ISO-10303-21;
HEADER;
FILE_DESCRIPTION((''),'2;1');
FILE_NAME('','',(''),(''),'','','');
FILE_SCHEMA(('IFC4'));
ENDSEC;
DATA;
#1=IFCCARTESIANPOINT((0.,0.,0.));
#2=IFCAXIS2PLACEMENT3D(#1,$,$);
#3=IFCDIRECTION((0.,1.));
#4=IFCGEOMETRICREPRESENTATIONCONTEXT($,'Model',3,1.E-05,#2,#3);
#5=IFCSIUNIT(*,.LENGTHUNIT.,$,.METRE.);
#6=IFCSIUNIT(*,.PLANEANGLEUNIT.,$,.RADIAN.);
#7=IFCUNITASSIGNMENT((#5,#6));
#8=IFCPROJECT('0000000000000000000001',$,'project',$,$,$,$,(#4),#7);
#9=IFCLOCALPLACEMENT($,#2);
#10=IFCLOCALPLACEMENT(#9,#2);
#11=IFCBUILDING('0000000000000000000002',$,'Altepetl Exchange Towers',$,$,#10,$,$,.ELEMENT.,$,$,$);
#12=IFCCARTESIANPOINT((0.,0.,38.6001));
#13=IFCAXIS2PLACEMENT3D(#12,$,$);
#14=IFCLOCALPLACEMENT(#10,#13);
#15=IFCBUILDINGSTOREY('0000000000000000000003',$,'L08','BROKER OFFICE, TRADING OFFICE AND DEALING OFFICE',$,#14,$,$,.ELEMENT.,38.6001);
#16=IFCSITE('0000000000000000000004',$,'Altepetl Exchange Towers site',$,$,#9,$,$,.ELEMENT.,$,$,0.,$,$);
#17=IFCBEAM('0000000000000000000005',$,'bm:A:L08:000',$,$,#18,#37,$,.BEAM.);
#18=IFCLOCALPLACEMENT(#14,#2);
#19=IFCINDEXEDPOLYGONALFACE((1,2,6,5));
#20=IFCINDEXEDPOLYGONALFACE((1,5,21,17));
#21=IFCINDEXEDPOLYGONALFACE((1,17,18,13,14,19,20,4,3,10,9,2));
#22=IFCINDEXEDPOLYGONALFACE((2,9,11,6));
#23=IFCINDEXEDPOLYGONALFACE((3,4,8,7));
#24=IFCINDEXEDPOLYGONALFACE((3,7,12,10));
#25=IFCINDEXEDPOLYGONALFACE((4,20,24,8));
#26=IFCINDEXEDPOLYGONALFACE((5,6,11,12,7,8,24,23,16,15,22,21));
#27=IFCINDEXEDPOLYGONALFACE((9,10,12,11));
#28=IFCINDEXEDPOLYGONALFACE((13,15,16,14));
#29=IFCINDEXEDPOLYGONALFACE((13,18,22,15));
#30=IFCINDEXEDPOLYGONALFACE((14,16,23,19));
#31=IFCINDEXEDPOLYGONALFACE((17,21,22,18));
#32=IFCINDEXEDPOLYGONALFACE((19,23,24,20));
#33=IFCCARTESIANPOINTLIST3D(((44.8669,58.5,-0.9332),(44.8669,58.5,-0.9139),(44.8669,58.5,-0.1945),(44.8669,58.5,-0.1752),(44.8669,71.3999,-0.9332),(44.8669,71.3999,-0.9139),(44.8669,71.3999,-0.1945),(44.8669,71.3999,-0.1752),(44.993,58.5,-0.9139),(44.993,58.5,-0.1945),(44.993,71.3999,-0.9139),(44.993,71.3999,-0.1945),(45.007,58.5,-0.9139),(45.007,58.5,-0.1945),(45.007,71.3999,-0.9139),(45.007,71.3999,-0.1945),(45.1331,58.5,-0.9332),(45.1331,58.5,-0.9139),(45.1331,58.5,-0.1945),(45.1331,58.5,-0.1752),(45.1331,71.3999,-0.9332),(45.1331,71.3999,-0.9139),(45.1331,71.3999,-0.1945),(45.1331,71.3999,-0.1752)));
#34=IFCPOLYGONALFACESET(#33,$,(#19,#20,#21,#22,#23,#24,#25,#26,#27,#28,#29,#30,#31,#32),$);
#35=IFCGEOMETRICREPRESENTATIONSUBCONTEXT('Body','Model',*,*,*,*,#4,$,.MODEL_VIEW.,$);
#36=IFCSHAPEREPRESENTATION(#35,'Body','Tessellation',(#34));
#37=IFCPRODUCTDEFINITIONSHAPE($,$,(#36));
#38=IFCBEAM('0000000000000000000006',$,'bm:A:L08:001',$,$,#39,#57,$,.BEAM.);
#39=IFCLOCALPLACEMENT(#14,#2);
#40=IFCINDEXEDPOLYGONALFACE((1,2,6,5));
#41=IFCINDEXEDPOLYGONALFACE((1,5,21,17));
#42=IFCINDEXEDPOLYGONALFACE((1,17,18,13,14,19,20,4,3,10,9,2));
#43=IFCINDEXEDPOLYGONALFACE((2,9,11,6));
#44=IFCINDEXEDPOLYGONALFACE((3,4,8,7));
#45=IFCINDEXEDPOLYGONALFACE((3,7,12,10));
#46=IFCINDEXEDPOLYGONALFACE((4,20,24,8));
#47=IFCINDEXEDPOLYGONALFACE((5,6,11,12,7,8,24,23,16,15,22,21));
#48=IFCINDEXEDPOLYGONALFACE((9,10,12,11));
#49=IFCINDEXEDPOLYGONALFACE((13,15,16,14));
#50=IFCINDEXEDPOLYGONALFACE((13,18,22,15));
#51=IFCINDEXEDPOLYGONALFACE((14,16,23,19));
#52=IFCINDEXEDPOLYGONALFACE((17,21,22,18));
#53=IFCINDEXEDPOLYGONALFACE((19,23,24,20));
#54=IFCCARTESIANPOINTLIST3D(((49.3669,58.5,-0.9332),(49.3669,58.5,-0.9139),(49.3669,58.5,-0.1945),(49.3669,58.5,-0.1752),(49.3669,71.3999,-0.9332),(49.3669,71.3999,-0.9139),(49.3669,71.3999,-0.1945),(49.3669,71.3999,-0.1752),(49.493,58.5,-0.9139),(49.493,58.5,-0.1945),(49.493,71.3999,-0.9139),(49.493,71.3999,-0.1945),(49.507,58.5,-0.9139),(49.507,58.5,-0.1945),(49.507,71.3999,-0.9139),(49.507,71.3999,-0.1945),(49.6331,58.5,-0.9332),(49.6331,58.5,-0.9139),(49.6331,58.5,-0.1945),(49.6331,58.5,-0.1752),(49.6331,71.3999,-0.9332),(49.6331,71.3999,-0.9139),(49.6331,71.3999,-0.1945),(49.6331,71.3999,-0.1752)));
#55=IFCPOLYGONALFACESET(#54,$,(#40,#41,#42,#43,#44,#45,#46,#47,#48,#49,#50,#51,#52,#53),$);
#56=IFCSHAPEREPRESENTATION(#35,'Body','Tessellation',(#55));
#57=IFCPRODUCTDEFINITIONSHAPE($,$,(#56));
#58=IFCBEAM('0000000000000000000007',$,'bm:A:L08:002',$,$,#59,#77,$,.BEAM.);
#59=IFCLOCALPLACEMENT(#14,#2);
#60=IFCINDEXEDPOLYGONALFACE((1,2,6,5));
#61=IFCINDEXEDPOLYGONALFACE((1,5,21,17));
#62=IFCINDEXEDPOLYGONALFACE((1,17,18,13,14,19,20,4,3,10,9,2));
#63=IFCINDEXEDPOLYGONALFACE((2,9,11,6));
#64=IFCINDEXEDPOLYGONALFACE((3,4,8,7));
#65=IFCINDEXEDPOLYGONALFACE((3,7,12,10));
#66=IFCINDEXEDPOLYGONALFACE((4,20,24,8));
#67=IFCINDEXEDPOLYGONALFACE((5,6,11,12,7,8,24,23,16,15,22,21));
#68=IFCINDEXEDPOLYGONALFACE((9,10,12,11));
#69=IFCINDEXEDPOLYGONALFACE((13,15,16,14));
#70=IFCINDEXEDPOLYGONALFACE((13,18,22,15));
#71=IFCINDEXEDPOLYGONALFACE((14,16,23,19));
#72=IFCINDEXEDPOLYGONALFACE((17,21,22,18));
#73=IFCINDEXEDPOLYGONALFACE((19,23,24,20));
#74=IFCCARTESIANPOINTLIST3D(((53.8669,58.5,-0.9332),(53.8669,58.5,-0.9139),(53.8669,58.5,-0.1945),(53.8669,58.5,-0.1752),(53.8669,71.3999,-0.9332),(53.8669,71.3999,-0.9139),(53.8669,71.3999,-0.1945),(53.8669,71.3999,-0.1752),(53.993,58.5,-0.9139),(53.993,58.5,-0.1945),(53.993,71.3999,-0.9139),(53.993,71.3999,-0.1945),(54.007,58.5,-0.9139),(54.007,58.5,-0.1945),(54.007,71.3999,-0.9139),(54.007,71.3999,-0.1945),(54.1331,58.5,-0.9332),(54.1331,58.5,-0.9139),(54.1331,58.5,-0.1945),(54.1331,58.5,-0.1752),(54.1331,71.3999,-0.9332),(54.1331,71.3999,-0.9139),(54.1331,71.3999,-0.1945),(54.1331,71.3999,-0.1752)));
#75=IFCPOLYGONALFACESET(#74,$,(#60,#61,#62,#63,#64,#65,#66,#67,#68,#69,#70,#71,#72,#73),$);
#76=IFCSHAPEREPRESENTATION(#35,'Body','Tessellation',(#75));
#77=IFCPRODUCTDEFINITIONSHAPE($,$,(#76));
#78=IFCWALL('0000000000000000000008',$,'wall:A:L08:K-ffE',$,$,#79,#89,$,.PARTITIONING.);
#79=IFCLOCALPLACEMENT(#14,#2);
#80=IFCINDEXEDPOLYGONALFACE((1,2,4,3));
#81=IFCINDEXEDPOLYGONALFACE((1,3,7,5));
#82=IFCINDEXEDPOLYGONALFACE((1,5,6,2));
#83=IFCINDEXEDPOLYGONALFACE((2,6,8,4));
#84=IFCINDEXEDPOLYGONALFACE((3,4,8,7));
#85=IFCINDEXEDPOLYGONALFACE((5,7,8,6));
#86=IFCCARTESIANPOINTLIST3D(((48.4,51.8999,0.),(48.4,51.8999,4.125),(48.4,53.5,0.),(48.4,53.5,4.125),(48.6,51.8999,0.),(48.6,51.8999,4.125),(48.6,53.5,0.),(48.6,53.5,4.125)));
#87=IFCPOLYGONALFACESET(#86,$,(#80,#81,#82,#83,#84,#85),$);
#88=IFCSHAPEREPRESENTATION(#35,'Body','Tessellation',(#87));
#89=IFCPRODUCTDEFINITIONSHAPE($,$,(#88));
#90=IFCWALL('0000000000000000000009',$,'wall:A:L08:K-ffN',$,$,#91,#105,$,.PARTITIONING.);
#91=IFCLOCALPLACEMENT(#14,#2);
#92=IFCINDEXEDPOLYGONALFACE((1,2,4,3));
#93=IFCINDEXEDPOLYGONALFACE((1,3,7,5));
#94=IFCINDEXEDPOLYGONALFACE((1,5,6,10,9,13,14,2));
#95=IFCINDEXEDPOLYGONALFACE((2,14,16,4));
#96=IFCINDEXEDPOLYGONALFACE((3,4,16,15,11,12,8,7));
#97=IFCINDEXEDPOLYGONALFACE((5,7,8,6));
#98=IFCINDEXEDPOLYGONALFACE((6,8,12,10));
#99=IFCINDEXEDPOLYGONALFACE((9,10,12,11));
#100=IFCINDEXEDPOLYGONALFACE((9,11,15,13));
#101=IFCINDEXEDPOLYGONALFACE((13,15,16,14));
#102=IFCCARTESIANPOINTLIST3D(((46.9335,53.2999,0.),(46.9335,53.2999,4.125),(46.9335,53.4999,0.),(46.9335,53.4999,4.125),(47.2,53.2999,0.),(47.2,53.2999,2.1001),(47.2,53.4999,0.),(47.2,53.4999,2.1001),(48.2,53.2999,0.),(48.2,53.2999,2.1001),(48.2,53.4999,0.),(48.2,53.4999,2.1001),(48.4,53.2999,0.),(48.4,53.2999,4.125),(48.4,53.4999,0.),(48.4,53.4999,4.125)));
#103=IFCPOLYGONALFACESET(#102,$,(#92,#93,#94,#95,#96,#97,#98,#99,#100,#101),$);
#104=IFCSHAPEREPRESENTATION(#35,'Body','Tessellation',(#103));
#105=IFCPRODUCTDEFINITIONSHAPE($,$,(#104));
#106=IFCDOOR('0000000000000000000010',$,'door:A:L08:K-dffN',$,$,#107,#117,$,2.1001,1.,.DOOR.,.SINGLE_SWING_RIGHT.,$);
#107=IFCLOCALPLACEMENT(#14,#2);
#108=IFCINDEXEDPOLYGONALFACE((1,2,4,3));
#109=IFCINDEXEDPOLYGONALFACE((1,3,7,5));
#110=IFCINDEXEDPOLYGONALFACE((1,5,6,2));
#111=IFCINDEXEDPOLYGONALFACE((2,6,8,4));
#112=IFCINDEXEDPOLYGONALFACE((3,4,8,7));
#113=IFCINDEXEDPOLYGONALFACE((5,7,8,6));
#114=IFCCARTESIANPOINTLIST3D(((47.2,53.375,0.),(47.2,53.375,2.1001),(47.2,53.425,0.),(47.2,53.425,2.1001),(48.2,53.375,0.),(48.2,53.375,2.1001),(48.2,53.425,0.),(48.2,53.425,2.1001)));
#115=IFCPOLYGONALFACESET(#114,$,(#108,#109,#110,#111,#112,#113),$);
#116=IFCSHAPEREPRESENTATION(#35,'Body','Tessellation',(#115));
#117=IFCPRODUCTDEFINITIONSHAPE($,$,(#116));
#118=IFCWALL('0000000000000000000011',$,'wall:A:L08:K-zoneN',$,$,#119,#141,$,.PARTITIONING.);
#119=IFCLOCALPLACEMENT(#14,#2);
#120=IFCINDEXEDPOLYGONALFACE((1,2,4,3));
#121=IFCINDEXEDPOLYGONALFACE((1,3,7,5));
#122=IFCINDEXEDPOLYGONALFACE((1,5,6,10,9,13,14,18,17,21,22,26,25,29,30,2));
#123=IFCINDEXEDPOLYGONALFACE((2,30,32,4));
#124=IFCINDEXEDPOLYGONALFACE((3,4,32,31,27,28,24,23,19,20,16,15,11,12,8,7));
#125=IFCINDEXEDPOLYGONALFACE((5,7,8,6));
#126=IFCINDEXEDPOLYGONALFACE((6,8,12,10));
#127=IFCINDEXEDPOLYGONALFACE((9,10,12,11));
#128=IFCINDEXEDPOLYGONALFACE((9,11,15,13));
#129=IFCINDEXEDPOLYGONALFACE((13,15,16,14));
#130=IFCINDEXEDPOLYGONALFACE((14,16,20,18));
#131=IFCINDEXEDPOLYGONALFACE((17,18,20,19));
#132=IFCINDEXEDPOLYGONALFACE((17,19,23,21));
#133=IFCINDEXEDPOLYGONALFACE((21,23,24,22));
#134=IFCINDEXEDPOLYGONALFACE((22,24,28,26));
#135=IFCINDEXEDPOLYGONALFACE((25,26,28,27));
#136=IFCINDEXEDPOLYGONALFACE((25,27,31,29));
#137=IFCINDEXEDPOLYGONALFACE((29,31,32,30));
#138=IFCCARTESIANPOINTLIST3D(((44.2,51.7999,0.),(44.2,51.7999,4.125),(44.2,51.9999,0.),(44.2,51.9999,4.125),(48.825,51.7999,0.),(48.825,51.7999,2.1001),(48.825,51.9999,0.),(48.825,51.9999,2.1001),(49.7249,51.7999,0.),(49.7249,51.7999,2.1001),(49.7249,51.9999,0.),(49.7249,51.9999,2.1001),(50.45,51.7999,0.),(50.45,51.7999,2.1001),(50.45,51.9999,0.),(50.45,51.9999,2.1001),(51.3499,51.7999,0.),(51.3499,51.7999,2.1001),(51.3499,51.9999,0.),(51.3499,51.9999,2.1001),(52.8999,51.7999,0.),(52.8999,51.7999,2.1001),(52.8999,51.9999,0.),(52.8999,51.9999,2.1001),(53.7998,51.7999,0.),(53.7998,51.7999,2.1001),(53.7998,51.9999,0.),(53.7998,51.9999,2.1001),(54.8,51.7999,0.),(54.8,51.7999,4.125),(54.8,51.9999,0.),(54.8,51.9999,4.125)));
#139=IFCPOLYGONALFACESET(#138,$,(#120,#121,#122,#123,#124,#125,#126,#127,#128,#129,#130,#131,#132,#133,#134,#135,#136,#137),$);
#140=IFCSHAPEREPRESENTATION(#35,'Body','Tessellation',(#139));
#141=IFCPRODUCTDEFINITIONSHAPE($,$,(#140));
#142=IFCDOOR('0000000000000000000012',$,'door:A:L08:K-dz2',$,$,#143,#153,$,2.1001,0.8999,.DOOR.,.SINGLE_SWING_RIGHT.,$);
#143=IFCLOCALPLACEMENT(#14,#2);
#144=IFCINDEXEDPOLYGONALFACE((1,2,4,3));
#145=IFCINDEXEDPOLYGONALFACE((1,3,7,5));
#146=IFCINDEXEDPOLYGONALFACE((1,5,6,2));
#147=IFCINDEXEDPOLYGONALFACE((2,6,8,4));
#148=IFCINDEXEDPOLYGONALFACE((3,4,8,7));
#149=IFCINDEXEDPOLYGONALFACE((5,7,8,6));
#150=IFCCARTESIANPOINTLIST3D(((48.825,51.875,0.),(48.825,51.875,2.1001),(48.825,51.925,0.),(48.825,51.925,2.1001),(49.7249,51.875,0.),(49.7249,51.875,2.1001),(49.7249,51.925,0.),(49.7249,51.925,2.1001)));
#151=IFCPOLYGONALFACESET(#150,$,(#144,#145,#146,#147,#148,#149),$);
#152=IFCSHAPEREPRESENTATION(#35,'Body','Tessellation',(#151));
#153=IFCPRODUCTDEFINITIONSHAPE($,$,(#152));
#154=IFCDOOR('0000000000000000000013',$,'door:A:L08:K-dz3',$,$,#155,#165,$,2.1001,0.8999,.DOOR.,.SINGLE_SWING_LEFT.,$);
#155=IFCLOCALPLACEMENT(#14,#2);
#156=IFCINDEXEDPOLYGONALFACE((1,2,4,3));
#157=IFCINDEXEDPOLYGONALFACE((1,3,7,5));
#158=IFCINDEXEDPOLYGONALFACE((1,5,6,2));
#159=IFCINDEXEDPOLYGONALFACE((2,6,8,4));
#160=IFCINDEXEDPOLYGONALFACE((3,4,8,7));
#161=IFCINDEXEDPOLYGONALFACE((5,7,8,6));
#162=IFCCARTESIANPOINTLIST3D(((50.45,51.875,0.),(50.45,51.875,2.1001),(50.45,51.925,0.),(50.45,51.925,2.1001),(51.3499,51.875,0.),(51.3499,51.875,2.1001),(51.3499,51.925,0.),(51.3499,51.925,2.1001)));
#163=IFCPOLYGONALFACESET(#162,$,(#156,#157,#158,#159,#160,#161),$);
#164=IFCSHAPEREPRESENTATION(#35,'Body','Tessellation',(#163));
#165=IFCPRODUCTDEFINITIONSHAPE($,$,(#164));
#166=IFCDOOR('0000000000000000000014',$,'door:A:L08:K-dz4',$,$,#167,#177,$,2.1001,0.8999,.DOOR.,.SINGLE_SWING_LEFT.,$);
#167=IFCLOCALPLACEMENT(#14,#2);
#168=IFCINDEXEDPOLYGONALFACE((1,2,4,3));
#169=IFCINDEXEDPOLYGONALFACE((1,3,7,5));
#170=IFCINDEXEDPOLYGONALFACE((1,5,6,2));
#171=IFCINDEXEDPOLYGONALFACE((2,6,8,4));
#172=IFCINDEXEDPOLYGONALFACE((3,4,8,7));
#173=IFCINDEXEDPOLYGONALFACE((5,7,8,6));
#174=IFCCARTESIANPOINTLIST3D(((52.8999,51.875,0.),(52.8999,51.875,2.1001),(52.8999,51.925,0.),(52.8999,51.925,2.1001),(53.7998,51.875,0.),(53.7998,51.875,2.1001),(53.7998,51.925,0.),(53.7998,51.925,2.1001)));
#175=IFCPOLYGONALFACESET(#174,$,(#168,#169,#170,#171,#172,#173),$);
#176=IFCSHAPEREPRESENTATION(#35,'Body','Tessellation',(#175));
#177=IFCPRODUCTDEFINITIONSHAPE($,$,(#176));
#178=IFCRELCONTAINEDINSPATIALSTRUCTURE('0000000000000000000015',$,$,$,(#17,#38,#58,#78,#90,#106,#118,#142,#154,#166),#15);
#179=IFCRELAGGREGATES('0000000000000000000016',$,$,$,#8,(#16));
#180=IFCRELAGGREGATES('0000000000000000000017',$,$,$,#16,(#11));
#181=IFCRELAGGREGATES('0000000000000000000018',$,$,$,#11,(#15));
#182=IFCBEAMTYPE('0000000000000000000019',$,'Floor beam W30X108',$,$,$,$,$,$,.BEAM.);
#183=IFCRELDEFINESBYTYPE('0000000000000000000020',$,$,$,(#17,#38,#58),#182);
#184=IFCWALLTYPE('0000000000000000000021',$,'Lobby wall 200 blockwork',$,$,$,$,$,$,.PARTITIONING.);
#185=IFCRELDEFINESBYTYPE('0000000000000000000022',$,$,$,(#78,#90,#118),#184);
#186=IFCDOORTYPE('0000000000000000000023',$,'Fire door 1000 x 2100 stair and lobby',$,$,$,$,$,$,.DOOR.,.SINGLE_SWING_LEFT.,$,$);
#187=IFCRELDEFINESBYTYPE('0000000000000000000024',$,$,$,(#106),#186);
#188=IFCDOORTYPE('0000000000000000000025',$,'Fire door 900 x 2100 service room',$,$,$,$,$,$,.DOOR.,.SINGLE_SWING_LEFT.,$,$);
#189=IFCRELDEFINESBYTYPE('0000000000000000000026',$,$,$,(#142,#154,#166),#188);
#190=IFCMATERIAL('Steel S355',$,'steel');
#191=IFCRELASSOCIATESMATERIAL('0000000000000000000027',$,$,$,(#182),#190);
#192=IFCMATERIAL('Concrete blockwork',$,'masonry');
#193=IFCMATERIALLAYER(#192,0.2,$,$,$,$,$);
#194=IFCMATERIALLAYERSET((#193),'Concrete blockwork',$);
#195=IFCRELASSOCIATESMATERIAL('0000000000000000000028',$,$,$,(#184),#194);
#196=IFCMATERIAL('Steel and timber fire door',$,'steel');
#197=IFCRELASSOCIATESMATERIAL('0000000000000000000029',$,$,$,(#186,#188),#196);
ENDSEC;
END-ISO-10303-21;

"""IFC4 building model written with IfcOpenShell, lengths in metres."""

from ifc_helpers import new_model, si_unit, direction, frame, frame_2d, origin, origin_2d, place, context, subcontext, project, spatial, rectangle, i_section, extrude, material, layer, layer_set, material_profile, profile_set, type_object, element, fill, save


model = new_model("IFC4")

# Units and contexts
model_context = context("Model", 3, precision=1e-05, world=origin(), true_north=direction((0.0, 1.0)))
body_context = subcontext(model_context, "Body", "Model", "MODEL_VIEW")
ifc_project = project(units=[si_unit("LENGTHUNIT", "METRE"), si_unit("PLANEANGLEUNIT", "RADIAN")], contexts=[model_context])

# Site, building, storey
site_placement = place(None, origin())
site = spatial("IfcSite", under=ifc_project, at=site_placement, Name="Altepetl Exchange Towers site", CompositionType="ELEMENT", RefElevation=0.0)
building_placement = place(site_placement, origin())
building = spatial("IfcBuilding", under=site, at=building_placement, Name="Altepetl Exchange Towers", CompositionType="ELEMENT")
storey_placement = place(building_placement, frame((0.0, 0.0, 38.6001)))
storey = spatial("IfcBuildingStorey", under=building, at=storey_placement, Name="L08", Description="BROKER OFFICE, TRADING OFFICE AND DEALING OFFICE", CompositionType="ELEMENT", Elevation=38.6001)

# Beams
ifc_material_1 = material(Name="Steel S355", Category="steel")
ifc_material_profile = material_profile(ifc_material_1, i_section(OverallWidth=0.2661, OverallDepth=0.7581, WebThickness=0.0139, FlangeThickness=0.0193, at=origin_2d()), Name="W30X108")
ifc_profile_set = profile_set([ifc_material_profile], Name="Steel S355")
beam_type = type_object("IfcBeamType", Name="Floor beam W30X108", PredefinedType="BEAM", material=ifc_profile_set)
for number, where, z_axis, x_axis, name in (
    (1, (45.0, 58.5, -0.5542), (0.0, 1.0, 0.0), (-1.0, 0.0, 0.0), "bm:A:L08:000"),
    (2, (49.5, 58.5, -0.5542), (0.0, 1.0, 0.0), (-1.0, 0.0, 0.0), "bm:A:L08:001"),
    (3, (54.0, 58.5, -0.5542), (0.0, 1.0, 0.0), (-1.0, 0.0, 0.0), "bm:A:L08:002"),
):
    element("IfcBeam", number, at=place(storey_placement, frame(where, z_axis=z_axis, x_axis=x_axis)), inside=storey, type_object=beam_type, Name=name, PredefinedType="BEAM", context=body_context, shape_type="SweptSolid", body=[
        extrude(i_section(OverallWidth=0.2661, OverallDepth=0.7581, WebThickness=0.0139, FlangeThickness=0.0193, at=origin_2d()), origin(), (0.0, 0.0, 1.0), 12.8999),
    ])

# Wall
ifc_material_2 = material(Name="Concrete blockwork", Category="masonry")
ifc_layer_1 = layer(ifc_material_2, 0.2)
ifc_layer_set_1 = layer_set([ifc_layer_1], Name="Concrete blockwork")
wall_type_1 = type_object("IfcWallType", Name="Lobby wall 200 blockwork", PredefinedType="PARTITIONING", material=ifc_layer_set_1)
wall_1_placement = place(storey_placement, frame((48.5, 51.8999, 0.0), z_axis=(0.0, 0.0, 1.0), x_axis=(0.0, 1.0, 0.0)))
element("IfcWall", 4, at=wall_1_placement, inside=storey, type_object=wall_type_1, Name="wall:A:L08:K-ffE", PredefinedType="PARTITIONING", context=body_context, shape_type="SweptSolid", body=[
    extrude(rectangle(XDim=1.6001, YDim=0.2, at=frame_2d((0.8, 0.0))), origin(), (0.0, 0.0, 1.0), 4.125),
])

# Wall, opening, door
wall_2_placement = place(storey_placement, frame((46.9333, 53.3999, 0.0)))
wall_2 = element("IfcWall", 5, at=wall_2_placement, inside=storey, type_object=wall_type_1, Name="wall:A:L08:K-ffN", PredefinedType="PARTITIONING", context=body_context, shape_type="SweptSolid", body=[
    extrude(rectangle(XDim=1.4666, YDim=0.2, at=frame_2d((0.7334, 0.0))), origin(), (0.0, 0.0, 1.0), 4.125),
])
opening_1_placement = place(wall_2_placement, frame((0.2666, 0.0, 0.0)))
opening_1 = element("IfcOpeningElement", 6, at=opening_1_placement, cuts=wall_2, PredefinedType="OPENING", context=body_context, shape_type="SweptSolid", body=[
    extrude(rectangle(XDim=1.0, YDim=2.1001, at=frame_2d((0.5, 1.05))), frame((0.0, 0.1099, 0.0), z_axis=(0.0, -1.0, 0.0), x_axis=(1.0, 0.0, 0.0)), (0.0, 0.0, 1.0), 0.22),
])
ifc_material_3 = material(Name="Steel and timber fire door", Category="steel")
door_type_1 = type_object("IfcDoorType", Name="Fire door 1000 x 2100 stair and lobby", OperationType="SINGLE_SWING_LEFT", PredefinedType="DOOR", material=ifc_material_3)
door_1_placement = place(opening_1_placement, frame((1.0, 0.0, 0.0), x_axis=(-1.0, 0.0, 0.0)))
door_1 = element("IfcDoor", 7, at=door_1_placement, inside=storey, type_object=door_type_1, Name="door:A:L08:K-dffN", OperationType="SINGLE_SWING_RIGHT", OverallHeight=2.1001, OverallWidth=1.0, PredefinedType="DOOR", context=body_context, shape_type="SweptSolid", body=[
    extrude(rectangle(XDim=1.0, YDim=2.1001, at=frame_2d((0.5, 1.05))), frame((0.0, 0.0249, 0.0), z_axis=(0.0, -1.0, 0.0), x_axis=(1.0, 0.0, 0.0)), (0.0, 0.0, 1.0), 0.05),
])
fill(opening_1, door_1)

# Wall, openings, doors
wall_3_placement = place(storey_placement, frame((44.2, 51.8999, 0.0)))
wall_3 = element("IfcWall", 8, at=wall_3_placement, inside=storey, type_object=wall_type_1, Name="wall:A:L08:K-zoneN", PredefinedType="PARTITIONING", context=body_context, shape_type="SweptSolid", body=[
    extrude(rectangle(XDim=10.6001, YDim=0.2, at=frame_2d((5.3, 0.0))), origin(), (0.0, 0.0, 1.0), 4.125),
])
opening_2_placement = place(wall_3_placement, frame((4.625, 0.0, 0.0)))
opening_2 = element("IfcOpeningElement", 9, at=opening_2_placement, cuts=wall_3, PredefinedType="OPENING", context=body_context, shape_type="SweptSolid", body=[
    extrude(rectangle(XDim=0.8999, YDim=2.1001, at=frame_2d((0.45, 1.05))), frame((0.0, 0.1099, 0.0), z_axis=(0.0, -1.0, 0.0), x_axis=(1.0, 0.0, 0.0)), (0.0, 0.0, 1.0), 0.22),
])
opening_3_placement = place(wall_3_placement, frame((6.25, 0.0, 0.0)))
opening_3 = element("IfcOpeningElement", 10, at=opening_3_placement, cuts=wall_3, PredefinedType="OPENING", context=body_context, shape_type="SweptSolid", body=[
    extrude(rectangle(XDim=0.8999, YDim=2.1001, at=frame_2d((0.45, 1.05))), frame((0.0, 0.1099, 0.0), z_axis=(0.0, -1.0, 0.0), x_axis=(1.0, 0.0, 0.0)), (0.0, 0.0, 1.0), 0.22),
])
opening_4_placement = place(wall_3_placement, frame((8.7, 0.0, 0.0)))
opening_4 = element("IfcOpeningElement", 11, at=opening_4_placement, cuts=wall_3, PredefinedType="OPENING", context=body_context, shape_type="SweptSolid", body=[
    extrude(rectangle(XDim=0.8999, YDim=2.1001, at=frame_2d((0.45, 1.05))), frame((0.0, 0.1099, 0.0), z_axis=(0.0, -1.0, 0.0), x_axis=(1.0, 0.0, 0.0)), (0.0, 0.0, 1.0), 0.22),
])
door_type_2 = type_object("IfcDoorType", Name="Fire door 900 x 2100 service room", OperationType="SINGLE_SWING_LEFT", PredefinedType="DOOR", material=ifc_material_3)
door_2_placement = place(opening_2_placement, frame((0.8999, 0.0, 0.0), x_axis=(-1.0, 0.0, 0.0)))
door_2 = element("IfcDoor", 12, at=door_2_placement, inside=storey, type_object=door_type_2, Name="door:A:L08:K-dz2", OperationType="SINGLE_SWING_RIGHT", OverallHeight=2.1001, OverallWidth=0.8999, PredefinedType="DOOR", context=body_context, shape_type="SweptSolid", body=[
    extrude(rectangle(XDim=0.8999, YDim=2.1001, at=frame_2d((0.45, 1.05))), frame((0.0, 0.0249, 0.0), z_axis=(0.0, -1.0, 0.0), x_axis=(1.0, 0.0, 0.0)), (0.0, 0.0, 1.0), 0.05),
])
fill(opening_2, door_2)
door_3_placement = place(opening_3_placement, frame((0.8999, 0.0, 0.0), x_axis=(-1.0, 0.0, 0.0)))
door_3 = element("IfcDoor", 13, at=door_3_placement, inside=storey, type_object=door_type_2, Name="door:A:L08:K-dz3", OperationType="SINGLE_SWING_LEFT", OverallHeight=2.1001, OverallWidth=0.8999, PredefinedType="DOOR", context=body_context, shape_type="SweptSolid", body=[
    extrude(rectangle(XDim=0.8999, YDim=2.1001, at=frame_2d((0.45, 1.05))), frame((0.0, 0.0249, 0.0), z_axis=(0.0, -1.0, 0.0), x_axis=(1.0, 0.0, 0.0)), (0.0, 0.0, 1.0), 0.05),
])
fill(opening_3, door_3)
door_4_placement = place(opening_4_placement, frame((0.8999, 0.0, 0.0), x_axis=(-1.0, 0.0, 0.0)))
door_4 = element("IfcDoor", 14, at=door_4_placement, inside=storey, type_object=door_type_2, Name="door:A:L08:K-dz4", OperationType="SINGLE_SWING_LEFT", OverallHeight=2.1001, OverallWidth=0.8999, PredefinedType="DOOR", context=body_context, shape_type="SweptSolid", body=[
    extrude(rectangle(XDim=0.8999, YDim=2.1001, at=frame_2d((0.45, 1.05))), frame((0.0, 0.0249, 0.0), z_axis=(0.0, -1.0, 0.0), x_axis=(1.0, 0.0, 0.0)), (0.0, 0.0, 1.0), 0.05),
])
fill(opening_4, door_4)

save(model, "model.ifc")
